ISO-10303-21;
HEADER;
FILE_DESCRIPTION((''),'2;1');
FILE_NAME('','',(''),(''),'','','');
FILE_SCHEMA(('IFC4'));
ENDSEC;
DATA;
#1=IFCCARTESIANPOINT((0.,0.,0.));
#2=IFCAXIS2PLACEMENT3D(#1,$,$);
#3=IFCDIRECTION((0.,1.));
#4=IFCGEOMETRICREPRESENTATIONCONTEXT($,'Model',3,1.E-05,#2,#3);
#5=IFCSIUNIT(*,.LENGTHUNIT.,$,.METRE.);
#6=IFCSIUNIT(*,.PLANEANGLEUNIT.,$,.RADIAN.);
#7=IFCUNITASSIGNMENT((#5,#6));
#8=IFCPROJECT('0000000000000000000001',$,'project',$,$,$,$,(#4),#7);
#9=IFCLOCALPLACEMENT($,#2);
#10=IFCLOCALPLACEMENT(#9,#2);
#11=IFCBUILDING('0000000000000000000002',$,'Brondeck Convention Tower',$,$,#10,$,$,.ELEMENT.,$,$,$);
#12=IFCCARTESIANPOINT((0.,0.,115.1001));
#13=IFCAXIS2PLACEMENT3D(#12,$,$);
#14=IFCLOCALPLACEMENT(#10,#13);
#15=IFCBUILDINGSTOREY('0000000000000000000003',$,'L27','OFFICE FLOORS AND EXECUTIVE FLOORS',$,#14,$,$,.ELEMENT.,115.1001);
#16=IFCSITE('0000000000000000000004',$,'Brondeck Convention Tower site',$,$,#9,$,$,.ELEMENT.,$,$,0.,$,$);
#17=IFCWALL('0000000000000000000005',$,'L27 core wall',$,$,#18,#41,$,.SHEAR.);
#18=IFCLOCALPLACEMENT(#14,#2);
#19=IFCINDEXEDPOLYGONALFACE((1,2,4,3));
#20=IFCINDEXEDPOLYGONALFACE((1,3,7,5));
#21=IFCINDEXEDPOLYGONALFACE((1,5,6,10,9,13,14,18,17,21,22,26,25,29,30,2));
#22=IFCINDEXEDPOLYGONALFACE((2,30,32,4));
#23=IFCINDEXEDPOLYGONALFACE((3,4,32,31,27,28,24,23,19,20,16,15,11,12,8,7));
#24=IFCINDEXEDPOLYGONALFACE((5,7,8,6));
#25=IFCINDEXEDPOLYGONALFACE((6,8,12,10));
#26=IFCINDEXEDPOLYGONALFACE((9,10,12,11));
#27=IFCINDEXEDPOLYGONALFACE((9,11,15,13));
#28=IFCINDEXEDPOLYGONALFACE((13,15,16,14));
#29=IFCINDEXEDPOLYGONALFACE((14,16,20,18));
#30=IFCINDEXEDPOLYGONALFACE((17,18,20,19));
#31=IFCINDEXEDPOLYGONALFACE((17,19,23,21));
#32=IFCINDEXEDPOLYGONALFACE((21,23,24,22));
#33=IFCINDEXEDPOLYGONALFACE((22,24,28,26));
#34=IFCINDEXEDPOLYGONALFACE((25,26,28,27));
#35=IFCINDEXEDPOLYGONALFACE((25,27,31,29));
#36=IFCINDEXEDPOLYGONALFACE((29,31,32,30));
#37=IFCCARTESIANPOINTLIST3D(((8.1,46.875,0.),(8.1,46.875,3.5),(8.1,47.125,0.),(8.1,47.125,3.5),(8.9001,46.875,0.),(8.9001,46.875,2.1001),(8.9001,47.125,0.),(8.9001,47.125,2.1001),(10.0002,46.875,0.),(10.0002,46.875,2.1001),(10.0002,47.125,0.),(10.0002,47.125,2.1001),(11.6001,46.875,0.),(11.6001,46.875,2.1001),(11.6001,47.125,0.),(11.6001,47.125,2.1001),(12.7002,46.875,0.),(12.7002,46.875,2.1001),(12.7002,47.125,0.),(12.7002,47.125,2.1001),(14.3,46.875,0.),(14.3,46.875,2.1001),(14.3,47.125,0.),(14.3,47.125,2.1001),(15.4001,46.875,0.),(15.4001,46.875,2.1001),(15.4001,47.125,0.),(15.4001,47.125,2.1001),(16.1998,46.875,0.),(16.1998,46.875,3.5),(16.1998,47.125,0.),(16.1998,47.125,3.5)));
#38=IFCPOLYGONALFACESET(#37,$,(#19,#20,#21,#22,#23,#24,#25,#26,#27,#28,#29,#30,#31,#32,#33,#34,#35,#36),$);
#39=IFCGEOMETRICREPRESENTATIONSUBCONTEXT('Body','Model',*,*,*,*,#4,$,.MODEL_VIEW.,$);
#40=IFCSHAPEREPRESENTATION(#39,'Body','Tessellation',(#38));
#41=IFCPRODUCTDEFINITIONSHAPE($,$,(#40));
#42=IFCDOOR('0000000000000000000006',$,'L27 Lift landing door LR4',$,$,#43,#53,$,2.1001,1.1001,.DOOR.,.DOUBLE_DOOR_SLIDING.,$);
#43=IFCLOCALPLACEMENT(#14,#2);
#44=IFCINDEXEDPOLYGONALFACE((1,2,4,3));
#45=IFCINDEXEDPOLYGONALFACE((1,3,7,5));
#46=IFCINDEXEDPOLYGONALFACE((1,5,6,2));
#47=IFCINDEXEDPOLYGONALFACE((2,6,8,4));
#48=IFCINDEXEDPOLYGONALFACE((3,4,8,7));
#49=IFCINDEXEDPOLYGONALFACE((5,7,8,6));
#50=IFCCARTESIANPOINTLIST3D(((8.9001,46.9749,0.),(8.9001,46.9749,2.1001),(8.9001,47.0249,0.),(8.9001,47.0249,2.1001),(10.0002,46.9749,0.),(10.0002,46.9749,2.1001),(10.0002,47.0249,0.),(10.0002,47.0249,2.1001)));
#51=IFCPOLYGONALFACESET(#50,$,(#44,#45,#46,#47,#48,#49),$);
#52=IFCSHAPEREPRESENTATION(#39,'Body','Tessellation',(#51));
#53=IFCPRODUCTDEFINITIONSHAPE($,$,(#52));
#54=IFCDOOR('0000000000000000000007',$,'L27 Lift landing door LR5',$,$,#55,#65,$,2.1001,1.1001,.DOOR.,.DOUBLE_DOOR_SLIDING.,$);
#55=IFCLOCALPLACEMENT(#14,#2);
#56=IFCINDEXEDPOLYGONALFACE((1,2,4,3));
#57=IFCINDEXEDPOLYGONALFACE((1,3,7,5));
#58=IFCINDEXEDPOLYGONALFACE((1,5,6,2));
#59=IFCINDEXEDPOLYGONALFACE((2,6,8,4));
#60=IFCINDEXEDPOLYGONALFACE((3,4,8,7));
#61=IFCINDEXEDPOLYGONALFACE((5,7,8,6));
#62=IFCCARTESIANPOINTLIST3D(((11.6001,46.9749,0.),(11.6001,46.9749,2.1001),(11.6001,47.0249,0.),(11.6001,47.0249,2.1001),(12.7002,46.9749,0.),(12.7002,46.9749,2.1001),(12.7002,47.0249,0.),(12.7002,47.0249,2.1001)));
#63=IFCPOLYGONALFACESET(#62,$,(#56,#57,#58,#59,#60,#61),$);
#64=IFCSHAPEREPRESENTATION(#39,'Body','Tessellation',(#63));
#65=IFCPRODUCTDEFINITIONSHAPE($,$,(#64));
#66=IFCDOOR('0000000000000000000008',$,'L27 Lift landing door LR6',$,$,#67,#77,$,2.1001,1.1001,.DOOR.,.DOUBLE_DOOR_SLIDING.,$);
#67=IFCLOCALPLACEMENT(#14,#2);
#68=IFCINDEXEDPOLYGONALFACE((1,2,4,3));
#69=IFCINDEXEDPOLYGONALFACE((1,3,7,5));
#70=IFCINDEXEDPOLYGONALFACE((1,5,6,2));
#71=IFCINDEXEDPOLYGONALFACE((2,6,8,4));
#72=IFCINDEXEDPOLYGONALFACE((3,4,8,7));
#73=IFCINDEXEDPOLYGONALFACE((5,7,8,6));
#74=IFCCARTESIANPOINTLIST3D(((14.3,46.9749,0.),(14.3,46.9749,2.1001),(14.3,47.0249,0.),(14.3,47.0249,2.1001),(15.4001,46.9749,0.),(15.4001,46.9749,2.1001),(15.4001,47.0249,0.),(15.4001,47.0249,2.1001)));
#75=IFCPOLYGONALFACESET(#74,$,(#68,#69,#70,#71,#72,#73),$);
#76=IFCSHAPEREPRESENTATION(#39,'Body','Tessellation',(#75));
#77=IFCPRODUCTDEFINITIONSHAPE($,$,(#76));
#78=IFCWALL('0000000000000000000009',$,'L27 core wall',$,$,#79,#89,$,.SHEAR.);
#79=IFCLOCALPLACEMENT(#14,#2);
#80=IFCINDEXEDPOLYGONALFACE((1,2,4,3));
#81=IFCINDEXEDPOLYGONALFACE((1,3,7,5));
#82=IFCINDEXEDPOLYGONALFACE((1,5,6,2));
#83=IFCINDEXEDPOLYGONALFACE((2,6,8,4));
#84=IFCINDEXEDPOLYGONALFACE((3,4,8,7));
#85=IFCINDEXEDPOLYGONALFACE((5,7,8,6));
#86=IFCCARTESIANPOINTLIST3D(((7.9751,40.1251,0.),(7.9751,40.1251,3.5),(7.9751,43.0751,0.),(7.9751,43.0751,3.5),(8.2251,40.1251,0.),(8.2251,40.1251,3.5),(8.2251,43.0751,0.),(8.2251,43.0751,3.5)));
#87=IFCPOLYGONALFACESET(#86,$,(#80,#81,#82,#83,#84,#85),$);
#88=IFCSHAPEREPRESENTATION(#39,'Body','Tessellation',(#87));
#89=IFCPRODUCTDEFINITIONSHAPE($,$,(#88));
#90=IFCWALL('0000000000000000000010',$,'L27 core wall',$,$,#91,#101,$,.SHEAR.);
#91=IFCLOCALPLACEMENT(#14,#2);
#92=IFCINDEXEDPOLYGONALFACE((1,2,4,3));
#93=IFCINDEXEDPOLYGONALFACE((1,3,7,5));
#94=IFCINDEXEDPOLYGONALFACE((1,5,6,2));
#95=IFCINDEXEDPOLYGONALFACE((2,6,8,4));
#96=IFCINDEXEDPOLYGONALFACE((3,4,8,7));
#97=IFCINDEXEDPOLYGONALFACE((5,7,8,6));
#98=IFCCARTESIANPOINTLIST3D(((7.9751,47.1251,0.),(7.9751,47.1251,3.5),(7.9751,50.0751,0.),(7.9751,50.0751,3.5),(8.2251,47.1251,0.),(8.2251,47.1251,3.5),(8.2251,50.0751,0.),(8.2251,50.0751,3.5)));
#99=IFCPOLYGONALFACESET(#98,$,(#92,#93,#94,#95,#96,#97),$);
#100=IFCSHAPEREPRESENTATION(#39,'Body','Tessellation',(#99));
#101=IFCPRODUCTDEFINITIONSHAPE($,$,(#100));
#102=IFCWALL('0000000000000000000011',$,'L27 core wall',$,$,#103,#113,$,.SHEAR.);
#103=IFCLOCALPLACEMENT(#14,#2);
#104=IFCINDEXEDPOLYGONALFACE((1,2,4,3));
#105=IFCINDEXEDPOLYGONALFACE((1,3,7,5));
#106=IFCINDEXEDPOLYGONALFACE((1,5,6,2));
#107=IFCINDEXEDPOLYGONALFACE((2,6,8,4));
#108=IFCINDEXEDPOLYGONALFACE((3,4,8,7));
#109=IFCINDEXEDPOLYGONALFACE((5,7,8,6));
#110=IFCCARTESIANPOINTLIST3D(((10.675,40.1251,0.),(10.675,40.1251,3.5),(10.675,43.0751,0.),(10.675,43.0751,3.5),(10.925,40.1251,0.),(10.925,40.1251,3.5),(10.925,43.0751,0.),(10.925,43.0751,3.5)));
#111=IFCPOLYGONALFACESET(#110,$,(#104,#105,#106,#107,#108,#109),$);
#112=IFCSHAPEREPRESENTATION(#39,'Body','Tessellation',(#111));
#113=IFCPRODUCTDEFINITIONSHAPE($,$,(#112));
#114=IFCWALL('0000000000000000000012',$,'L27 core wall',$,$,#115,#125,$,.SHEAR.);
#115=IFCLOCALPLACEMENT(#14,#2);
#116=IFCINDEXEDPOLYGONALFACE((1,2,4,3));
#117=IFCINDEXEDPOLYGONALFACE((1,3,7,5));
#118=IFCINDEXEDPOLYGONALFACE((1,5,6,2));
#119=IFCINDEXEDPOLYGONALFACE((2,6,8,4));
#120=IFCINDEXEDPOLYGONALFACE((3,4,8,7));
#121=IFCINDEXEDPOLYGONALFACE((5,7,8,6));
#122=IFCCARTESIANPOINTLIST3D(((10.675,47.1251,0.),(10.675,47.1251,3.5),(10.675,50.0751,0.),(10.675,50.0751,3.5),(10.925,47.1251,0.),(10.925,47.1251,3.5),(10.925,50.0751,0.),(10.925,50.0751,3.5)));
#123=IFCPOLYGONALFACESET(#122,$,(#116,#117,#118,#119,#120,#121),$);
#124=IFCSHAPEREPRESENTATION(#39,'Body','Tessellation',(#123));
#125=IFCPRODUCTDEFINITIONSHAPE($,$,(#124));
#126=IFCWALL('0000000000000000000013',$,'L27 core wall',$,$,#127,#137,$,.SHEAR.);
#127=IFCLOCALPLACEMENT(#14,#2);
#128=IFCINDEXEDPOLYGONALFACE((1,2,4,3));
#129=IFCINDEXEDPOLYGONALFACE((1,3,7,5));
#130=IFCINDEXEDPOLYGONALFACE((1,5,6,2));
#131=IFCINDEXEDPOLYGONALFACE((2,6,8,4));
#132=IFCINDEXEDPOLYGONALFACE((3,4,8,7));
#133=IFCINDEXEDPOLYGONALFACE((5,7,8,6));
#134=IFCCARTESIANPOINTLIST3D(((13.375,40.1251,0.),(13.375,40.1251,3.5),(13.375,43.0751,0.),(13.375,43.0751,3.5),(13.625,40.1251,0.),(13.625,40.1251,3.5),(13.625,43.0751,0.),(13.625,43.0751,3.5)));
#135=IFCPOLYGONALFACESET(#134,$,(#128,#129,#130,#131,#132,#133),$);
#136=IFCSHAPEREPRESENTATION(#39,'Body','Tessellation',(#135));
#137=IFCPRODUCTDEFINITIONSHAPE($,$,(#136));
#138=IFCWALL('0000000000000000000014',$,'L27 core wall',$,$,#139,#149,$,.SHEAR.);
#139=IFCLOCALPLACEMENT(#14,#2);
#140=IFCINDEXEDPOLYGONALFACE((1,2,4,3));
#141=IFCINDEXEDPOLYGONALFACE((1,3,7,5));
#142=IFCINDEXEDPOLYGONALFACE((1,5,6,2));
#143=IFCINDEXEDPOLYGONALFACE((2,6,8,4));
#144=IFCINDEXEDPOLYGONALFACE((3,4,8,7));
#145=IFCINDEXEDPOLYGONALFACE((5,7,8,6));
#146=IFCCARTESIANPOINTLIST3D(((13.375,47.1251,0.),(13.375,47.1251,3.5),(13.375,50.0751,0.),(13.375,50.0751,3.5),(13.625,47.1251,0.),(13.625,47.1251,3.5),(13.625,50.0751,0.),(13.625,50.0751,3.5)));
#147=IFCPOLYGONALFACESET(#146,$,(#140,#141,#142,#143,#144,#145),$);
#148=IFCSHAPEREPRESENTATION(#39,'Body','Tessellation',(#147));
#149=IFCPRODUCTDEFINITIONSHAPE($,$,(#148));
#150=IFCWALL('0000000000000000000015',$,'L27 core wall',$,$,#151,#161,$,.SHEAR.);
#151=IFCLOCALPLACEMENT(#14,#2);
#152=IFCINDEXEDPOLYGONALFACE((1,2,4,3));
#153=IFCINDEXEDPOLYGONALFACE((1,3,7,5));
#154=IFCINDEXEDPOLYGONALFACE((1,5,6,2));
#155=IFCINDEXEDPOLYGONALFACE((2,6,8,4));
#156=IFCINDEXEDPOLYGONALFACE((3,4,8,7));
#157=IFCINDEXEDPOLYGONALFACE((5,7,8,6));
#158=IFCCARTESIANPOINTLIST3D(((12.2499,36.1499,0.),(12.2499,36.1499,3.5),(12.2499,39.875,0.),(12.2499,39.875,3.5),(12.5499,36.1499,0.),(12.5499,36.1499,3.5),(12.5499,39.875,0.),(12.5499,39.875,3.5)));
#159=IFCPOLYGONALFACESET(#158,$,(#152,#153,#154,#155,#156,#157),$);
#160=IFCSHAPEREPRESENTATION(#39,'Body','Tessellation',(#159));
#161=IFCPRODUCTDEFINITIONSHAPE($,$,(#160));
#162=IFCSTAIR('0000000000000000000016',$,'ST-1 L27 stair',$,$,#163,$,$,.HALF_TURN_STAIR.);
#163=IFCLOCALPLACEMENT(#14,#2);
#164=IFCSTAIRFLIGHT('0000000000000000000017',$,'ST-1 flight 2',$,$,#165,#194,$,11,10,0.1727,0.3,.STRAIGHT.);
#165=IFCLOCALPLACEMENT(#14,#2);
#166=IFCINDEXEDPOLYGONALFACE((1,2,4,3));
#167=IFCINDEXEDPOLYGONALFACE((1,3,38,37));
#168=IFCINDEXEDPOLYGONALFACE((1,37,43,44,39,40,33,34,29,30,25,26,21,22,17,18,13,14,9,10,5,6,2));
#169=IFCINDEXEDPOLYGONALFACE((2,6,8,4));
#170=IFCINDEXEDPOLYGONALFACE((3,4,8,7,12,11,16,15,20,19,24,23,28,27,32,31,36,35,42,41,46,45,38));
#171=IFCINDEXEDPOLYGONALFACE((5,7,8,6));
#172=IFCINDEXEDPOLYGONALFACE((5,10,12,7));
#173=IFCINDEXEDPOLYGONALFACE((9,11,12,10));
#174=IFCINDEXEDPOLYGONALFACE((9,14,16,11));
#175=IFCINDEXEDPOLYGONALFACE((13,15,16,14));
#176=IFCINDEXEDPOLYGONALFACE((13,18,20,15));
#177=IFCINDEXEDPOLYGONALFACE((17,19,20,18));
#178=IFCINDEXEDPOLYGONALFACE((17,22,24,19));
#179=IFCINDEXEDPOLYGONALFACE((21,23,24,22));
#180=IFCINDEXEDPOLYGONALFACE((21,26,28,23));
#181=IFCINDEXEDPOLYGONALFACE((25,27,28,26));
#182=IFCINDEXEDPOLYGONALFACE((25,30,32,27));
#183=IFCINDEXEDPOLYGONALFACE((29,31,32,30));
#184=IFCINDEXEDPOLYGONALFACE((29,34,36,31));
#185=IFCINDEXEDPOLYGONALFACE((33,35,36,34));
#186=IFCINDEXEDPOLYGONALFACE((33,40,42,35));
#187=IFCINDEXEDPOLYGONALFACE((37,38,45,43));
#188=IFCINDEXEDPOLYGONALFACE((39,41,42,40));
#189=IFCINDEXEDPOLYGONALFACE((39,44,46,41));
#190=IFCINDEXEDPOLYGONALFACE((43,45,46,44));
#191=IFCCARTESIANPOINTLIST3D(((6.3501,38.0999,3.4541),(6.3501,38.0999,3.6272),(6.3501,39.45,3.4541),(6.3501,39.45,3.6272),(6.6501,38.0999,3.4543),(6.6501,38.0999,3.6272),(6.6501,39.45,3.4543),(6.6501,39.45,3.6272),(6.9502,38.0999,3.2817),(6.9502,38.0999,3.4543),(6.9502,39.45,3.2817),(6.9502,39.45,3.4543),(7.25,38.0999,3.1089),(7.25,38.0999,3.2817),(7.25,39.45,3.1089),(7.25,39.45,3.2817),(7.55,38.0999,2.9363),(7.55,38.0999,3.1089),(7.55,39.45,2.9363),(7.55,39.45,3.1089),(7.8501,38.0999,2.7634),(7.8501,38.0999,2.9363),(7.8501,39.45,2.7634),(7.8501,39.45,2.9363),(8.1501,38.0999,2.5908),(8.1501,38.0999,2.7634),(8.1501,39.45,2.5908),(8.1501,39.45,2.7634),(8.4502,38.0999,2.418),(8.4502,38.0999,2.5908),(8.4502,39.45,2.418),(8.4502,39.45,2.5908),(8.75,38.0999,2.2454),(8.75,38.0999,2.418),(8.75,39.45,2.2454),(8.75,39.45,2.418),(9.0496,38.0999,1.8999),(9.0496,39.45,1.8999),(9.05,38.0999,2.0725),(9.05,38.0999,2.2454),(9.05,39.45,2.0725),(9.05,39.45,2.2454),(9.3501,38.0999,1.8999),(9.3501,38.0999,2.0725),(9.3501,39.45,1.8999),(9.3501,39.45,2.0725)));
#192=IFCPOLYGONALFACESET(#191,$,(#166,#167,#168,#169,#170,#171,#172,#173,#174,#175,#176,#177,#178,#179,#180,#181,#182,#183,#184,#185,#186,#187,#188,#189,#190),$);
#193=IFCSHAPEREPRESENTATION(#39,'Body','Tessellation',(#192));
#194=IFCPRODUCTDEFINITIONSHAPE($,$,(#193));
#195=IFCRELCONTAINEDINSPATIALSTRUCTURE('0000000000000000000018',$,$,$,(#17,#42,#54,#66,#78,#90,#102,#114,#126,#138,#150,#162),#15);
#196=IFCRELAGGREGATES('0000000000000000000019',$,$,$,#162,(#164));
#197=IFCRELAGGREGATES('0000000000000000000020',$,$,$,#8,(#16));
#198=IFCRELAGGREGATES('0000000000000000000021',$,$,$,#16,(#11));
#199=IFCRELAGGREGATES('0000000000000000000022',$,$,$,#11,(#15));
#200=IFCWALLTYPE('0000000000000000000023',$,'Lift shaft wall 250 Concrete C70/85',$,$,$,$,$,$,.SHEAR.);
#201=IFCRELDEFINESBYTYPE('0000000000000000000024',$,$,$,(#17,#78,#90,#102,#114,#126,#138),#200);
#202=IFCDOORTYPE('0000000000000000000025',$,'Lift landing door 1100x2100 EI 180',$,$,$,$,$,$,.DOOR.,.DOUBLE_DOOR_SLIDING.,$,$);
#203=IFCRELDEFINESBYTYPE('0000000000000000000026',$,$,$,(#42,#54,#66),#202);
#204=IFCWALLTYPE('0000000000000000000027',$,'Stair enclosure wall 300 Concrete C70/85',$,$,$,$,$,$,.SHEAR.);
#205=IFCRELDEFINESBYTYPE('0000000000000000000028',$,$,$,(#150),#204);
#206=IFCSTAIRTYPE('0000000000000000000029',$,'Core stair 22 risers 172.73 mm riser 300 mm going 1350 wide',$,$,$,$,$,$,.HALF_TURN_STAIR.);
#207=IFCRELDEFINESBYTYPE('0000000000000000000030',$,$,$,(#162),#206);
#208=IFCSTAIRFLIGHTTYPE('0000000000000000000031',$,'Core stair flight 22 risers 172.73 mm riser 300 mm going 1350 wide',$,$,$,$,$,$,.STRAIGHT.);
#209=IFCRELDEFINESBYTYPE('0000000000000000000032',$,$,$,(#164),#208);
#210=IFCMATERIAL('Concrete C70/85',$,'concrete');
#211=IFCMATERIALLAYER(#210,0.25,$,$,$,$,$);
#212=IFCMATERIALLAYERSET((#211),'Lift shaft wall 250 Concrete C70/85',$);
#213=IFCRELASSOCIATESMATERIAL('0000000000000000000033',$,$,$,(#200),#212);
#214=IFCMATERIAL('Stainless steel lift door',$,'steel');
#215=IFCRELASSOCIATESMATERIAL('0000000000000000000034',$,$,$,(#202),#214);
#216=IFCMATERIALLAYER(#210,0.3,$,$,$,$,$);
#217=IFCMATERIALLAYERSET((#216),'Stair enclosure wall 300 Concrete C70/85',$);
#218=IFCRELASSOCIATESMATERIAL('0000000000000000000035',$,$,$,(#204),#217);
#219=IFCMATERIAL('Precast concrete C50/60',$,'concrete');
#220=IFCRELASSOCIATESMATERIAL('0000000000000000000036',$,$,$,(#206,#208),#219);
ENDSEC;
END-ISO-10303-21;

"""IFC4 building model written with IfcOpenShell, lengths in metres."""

from ifc_helpers import new_model, si_unit, direction, frame, frame_2d, origin, place, context, subcontext, project, spatial, polyline, rectangle, outline, extrude, material, layer, layer_set, type_object, element, fill, aggregate, save


model = new_model("IFC4")

# Units and contexts
model_context = context("Model", 3, precision=1e-05, world=origin(), true_north=direction((0.0, 1.0)))
body_context = subcontext(model_context, "Body", "Model", "MODEL_VIEW")
ifc_project = project(units=[si_unit("LENGTHUNIT", "METRE"), si_unit("PLANEANGLEUNIT", "RADIAN")], contexts=[model_context])

# Site, building, storey
site_placement = place(None, origin())
site = spatial("IfcSite", under=ifc_project, at=site_placement, Name="Brondeck Convention Tower site", CompositionType="ELEMENT", RefElevation=0.0)
building_placement = place(site_placement, origin())
building = spatial("IfcBuilding", under=site, at=building_placement, Name="Brondeck Convention Tower", CompositionType="ELEMENT")
storey_placement = place(building_placement, frame((0.0, 0.0, 115.1001)))
storey = spatial("IfcBuildingStorey", under=building, at=storey_placement, Name="L27", Description="OFFICE FLOORS AND EXECUTIVE FLOORS", CompositionType="ELEMENT", Elevation=115.1001)

# Shared definitions
ifc_material_1 = material(Name="Concrete C70/85", Category="concrete")

# Wall, openings, doors
ifc_layer_1 = layer(ifc_material_1, 0.25)
ifc_layer_set_1 = layer_set([ifc_layer_1], Name="Lift shaft wall 250 Concrete C70/85")
wall_type_1 = type_object("IfcWallType", Name="Lift shaft wall 250 Concrete C70/85", PredefinedType="SHEAR", material=ifc_layer_set_1)
ifc_material_2 = material(Name="Stainless steel lift door", Category="steel")
door_type_1 = type_object("IfcDoorType", Name="Lift landing door 1100x2100 EI 180", OperationType="DOUBLE_DOOR_SLIDING", PredefinedType="DOOR", material=ifc_material_2)
wall_1_placement = place(storey_placement, frame((8.1001, 47.0, 0.0), z_axis=(0.0, 0.0, 1.0), x_axis=(1.0, 0.0, 0.0)))
wall_1 = element("IfcWall", 1, at=wall_1_placement, inside=storey, type_object=wall_type_1, Name="L27 core wall", PredefinedType="SHEAR", context=body_context, shape_type="SweptSolid", body=[
    extrude(rectangle(XDim=8.0999, YDim=0.25, at=frame_2d((4.0498, 0.0))), origin(), (0.0, 0.0, 1.0), 3.5),
])
opening_1_placement = place(wall_1_placement, frame((0.8, 0.0, 0.0)))
opening_1 = element("IfcOpeningElement", 2, at=opening_1_placement, cuts=wall_1, PredefinedType="OPENING", context=body_context, shape_type="SweptSolid", body=[
    extrude(rectangle(XDim=1.1001, YDim=2.1001, at=frame_2d((0.55, 1.05))), frame((0.0, 0.135, 0.0), z_axis=(0.0, -1.0, 0.0), x_axis=(1.0, 0.0, 0.0)), (0.0, 0.0, 1.0), 0.27),
])
opening_2_placement = place(wall_1_placement, frame((3.5, 0.0, 0.0)))
opening_2 = element("IfcOpeningElement", 3, at=opening_2_placement, cuts=wall_1, PredefinedType="OPENING", context=body_context, shape_type="SweptSolid", body=[
    extrude(rectangle(XDim=1.1001, YDim=2.1001, at=frame_2d((0.55, 1.05))), frame((0.0, 0.135, 0.0), z_axis=(0.0, -1.0, 0.0), x_axis=(1.0, 0.0, 0.0)), (0.0, 0.0, 1.0), 0.27),
])
opening_3_placement = place(wall_1_placement, frame((6.2, 0.0, 0.0)))
opening_3 = element("IfcOpeningElement", 4, at=opening_3_placement, cuts=wall_1, PredefinedType="OPENING", context=body_context, shape_type="SweptSolid", body=[
    extrude(rectangle(XDim=1.1001, YDim=2.1001, at=frame_2d((0.55, 1.05))), frame((0.0, 0.135, 0.0), z_axis=(0.0, -1.0, 0.0), x_axis=(1.0, 0.0, 0.0)), (0.0, 0.0, 1.0), 0.27),
])
door_1_placement = place(opening_1_placement, origin())
door_1 = element("IfcDoor", 5, at=door_1_placement, inside=storey, type_object=door_type_1, Name="L27 Lift landing door LR4", OperationType="DOUBLE_DOOR_SLIDING", OverallHeight=2.1001, OverallWidth=1.1001, PredefinedType="DOOR", context=body_context, shape_type="SweptSolid", body=[
    extrude(rectangle(XDim=1.1001, YDim=2.1001, at=frame_2d((0.55, 1.05))), frame((0.0, 0.0249, 0.0), z_axis=(0.0, -1.0, 0.0), x_axis=(1.0, 0.0, 0.0)), (0.0, 0.0, 1.0), 0.05),
])
fill(opening_1, door_1)
door_2_placement = place(opening_2_placement, origin())
door_2 = element("IfcDoor", 6, at=door_2_placement, inside=storey, type_object=door_type_1, Name="L27 Lift landing door LR5", OperationType="DOUBLE_DOOR_SLIDING", OverallHeight=2.1001, OverallWidth=1.1001, PredefinedType="DOOR", context=body_context, shape_type="SweptSolid", body=[
    extrude(rectangle(XDim=1.1001, YDim=2.1001, at=frame_2d((0.55, 1.05))), frame((0.0, 0.0249, 0.0), z_axis=(0.0, -1.0, 0.0), x_axis=(1.0, 0.0, 0.0)), (0.0, 0.0, 1.0), 0.05),
])
fill(opening_2, door_2)
door_3_placement = place(opening_3_placement, origin())
door_3 = element("IfcDoor", 7, at=door_3_placement, inside=storey, type_object=door_type_1, Name="L27 Lift landing door LR6", OperationType="DOUBLE_DOOR_SLIDING", OverallHeight=2.1001, OverallWidth=1.1001, PredefinedType="DOOR", context=body_context, shape_type="SweptSolid", body=[
    extrude(rectangle(XDim=1.1001, YDim=2.1001, at=frame_2d((0.55, 1.05))), frame((0.0, 0.0249, 0.0), z_axis=(0.0, -1.0, 0.0), x_axis=(1.0, 0.0, 0.0)), (0.0, 0.0, 1.0), 0.05),
])
fill(opening_3, door_3)

# Walls
for number, where, z_axis, x_axis, name in (
    (8, (8.1001, 40.125, 0.0), (0.0, 0.0, 1.0), (0.0, 1.0, 0.0), "L27 core wall"),
    (9, (8.1001, 47.125, 0.0), (0.0, 0.0, 1.0), (0.0, 1.0, 0.0), "L27 core wall"),
    (10, (10.8, 40.125, 0.0), (0.0, 0.0, 1.0), (0.0, 1.0, 0.0), "L27 core wall"),
    (11, (10.8, 47.125, 0.0), (0.0, 0.0, 1.0), (0.0, 1.0, 0.0), "L27 core wall"),
    (12, (13.5, 40.125, 0.0), (0.0, 0.0, 1.0), (0.0, 1.0, 0.0), "L27 core wall"),
    (13, (13.5, 47.125, 0.0), (0.0, 0.0, 1.0), (0.0, 1.0, 0.0), "L27 core wall"),
):
    element("IfcWall", number, at=place(storey_placement, frame(where, z_axis=z_axis, x_axis=x_axis)), inside=storey, type_object=wall_type_1, Name=name, PredefinedType="SHEAR", context=body_context, shape_type="SweptSolid", body=[
        extrude(rectangle(XDim=2.95, YDim=0.25, at=frame_2d((1.4751, 0.0))), origin(), (0.0, 0.0, 1.0), 3.5),
    ])
ifc_layer_2 = layer(ifc_material_1, 0.3)
ifc_layer_set_2 = layer_set([ifc_layer_2], Name="Stair enclosure wall 300 Concrete C70/85")
wall_type_2 = type_object("IfcWallType", Name="Stair enclosure wall 300 Concrete C70/85", PredefinedType="SHEAR", material=ifc_layer_set_2)
wall_2_placement = place(storey_placement, frame((12.3999, 36.1499, 0.0), z_axis=(0.0, 0.0, 1.0), x_axis=(0.0, 1.0, 0.0)))
element("IfcWall", 14, at=wall_2_placement, inside=storey, type_object=wall_type_2, Name="L27 core wall", PredefinedType="SHEAR", context=body_context, shape_type="SweptSolid", body=[
    extrude(rectangle(XDim=3.7251, YDim=0.3, at=frame_2d((1.8625, 0.0))), origin(), (0.0, 0.0, 1.0), 3.5),
])

# Stair, stair flight
ifc_material_3 = material(Name="Precast concrete C50/60", Category="concrete")
stair_type = type_object("IfcStairType", Name="Core stair 22 risers 172.73 mm riser 300 mm going 1350 wide", PredefinedType="HALF_TURN_STAIR", material=ifc_material_3)
stair_placement = place(storey_placement, origin())
stair = element("IfcStair", 15, at=stair_placement, inside=storey, type_object=stair_type, Name="ST-1 L27 stair", PredefinedType="HALF_TURN_STAIR")
stair_flight_type = type_object("IfcStairFlightType", Name="Core stair flight 22 risers 172.73 mm riser 300 mm going 1350 wide", PredefinedType="STRAIGHT", material=ifc_material_3)
stair_flight_placement = place(storey_placement, frame((9.3501, 38.7749, 1.8999), z_axis=(0.0, 0.0, 1.0), x_axis=(-1.0, 0.0, 0.0)))
stair_flight = element("IfcStairFlight", 16, at=stair_flight_placement, type_object=stair_flight_type, Name="ST-1 flight 2", NumberOfRisers=11, NumberOfTreads=10, PredefinedType="STRAIGHT", RiserHeight=0.1727, TreadLength=0.3, context=body_context, shape_type="SweptSolid", body=[
    extrude(outline(polyline([(0.0, 0.0), (0.0, 0.1726), (0.3, 0.1726), (0.3, 0.3455), (0.6001, 0.3455), (0.6001, 0.5181), (0.8999, 0.5181), (0.8999, 0.6909), (1.2, 0.6909), (1.2, 0.8635), (1.5, 0.8635), (1.5, 1.0364), (1.8, 1.0364), (1.8, 1.209), (2.1001, 1.209), (2.1001, 1.3818), (2.3999, 1.3818), (2.3999, 1.5544), (2.7, 1.5544), (2.7, 1.7273), (3.0, 1.7273), (3.0, 1.8999), (3.0, 1.5542), (0.3005, 0.0), (0.0, 0.0)])), frame((0.0, 0.675, 0.0), z_axis=(0.0, -1.0, 0.0), x_axis=(1.0, 0.0, 0.0)), (0.0, 0.0, 1.0), 1.3501),
])
aggregate(stair, [stair_flight])

save(model, "model.ifc")
